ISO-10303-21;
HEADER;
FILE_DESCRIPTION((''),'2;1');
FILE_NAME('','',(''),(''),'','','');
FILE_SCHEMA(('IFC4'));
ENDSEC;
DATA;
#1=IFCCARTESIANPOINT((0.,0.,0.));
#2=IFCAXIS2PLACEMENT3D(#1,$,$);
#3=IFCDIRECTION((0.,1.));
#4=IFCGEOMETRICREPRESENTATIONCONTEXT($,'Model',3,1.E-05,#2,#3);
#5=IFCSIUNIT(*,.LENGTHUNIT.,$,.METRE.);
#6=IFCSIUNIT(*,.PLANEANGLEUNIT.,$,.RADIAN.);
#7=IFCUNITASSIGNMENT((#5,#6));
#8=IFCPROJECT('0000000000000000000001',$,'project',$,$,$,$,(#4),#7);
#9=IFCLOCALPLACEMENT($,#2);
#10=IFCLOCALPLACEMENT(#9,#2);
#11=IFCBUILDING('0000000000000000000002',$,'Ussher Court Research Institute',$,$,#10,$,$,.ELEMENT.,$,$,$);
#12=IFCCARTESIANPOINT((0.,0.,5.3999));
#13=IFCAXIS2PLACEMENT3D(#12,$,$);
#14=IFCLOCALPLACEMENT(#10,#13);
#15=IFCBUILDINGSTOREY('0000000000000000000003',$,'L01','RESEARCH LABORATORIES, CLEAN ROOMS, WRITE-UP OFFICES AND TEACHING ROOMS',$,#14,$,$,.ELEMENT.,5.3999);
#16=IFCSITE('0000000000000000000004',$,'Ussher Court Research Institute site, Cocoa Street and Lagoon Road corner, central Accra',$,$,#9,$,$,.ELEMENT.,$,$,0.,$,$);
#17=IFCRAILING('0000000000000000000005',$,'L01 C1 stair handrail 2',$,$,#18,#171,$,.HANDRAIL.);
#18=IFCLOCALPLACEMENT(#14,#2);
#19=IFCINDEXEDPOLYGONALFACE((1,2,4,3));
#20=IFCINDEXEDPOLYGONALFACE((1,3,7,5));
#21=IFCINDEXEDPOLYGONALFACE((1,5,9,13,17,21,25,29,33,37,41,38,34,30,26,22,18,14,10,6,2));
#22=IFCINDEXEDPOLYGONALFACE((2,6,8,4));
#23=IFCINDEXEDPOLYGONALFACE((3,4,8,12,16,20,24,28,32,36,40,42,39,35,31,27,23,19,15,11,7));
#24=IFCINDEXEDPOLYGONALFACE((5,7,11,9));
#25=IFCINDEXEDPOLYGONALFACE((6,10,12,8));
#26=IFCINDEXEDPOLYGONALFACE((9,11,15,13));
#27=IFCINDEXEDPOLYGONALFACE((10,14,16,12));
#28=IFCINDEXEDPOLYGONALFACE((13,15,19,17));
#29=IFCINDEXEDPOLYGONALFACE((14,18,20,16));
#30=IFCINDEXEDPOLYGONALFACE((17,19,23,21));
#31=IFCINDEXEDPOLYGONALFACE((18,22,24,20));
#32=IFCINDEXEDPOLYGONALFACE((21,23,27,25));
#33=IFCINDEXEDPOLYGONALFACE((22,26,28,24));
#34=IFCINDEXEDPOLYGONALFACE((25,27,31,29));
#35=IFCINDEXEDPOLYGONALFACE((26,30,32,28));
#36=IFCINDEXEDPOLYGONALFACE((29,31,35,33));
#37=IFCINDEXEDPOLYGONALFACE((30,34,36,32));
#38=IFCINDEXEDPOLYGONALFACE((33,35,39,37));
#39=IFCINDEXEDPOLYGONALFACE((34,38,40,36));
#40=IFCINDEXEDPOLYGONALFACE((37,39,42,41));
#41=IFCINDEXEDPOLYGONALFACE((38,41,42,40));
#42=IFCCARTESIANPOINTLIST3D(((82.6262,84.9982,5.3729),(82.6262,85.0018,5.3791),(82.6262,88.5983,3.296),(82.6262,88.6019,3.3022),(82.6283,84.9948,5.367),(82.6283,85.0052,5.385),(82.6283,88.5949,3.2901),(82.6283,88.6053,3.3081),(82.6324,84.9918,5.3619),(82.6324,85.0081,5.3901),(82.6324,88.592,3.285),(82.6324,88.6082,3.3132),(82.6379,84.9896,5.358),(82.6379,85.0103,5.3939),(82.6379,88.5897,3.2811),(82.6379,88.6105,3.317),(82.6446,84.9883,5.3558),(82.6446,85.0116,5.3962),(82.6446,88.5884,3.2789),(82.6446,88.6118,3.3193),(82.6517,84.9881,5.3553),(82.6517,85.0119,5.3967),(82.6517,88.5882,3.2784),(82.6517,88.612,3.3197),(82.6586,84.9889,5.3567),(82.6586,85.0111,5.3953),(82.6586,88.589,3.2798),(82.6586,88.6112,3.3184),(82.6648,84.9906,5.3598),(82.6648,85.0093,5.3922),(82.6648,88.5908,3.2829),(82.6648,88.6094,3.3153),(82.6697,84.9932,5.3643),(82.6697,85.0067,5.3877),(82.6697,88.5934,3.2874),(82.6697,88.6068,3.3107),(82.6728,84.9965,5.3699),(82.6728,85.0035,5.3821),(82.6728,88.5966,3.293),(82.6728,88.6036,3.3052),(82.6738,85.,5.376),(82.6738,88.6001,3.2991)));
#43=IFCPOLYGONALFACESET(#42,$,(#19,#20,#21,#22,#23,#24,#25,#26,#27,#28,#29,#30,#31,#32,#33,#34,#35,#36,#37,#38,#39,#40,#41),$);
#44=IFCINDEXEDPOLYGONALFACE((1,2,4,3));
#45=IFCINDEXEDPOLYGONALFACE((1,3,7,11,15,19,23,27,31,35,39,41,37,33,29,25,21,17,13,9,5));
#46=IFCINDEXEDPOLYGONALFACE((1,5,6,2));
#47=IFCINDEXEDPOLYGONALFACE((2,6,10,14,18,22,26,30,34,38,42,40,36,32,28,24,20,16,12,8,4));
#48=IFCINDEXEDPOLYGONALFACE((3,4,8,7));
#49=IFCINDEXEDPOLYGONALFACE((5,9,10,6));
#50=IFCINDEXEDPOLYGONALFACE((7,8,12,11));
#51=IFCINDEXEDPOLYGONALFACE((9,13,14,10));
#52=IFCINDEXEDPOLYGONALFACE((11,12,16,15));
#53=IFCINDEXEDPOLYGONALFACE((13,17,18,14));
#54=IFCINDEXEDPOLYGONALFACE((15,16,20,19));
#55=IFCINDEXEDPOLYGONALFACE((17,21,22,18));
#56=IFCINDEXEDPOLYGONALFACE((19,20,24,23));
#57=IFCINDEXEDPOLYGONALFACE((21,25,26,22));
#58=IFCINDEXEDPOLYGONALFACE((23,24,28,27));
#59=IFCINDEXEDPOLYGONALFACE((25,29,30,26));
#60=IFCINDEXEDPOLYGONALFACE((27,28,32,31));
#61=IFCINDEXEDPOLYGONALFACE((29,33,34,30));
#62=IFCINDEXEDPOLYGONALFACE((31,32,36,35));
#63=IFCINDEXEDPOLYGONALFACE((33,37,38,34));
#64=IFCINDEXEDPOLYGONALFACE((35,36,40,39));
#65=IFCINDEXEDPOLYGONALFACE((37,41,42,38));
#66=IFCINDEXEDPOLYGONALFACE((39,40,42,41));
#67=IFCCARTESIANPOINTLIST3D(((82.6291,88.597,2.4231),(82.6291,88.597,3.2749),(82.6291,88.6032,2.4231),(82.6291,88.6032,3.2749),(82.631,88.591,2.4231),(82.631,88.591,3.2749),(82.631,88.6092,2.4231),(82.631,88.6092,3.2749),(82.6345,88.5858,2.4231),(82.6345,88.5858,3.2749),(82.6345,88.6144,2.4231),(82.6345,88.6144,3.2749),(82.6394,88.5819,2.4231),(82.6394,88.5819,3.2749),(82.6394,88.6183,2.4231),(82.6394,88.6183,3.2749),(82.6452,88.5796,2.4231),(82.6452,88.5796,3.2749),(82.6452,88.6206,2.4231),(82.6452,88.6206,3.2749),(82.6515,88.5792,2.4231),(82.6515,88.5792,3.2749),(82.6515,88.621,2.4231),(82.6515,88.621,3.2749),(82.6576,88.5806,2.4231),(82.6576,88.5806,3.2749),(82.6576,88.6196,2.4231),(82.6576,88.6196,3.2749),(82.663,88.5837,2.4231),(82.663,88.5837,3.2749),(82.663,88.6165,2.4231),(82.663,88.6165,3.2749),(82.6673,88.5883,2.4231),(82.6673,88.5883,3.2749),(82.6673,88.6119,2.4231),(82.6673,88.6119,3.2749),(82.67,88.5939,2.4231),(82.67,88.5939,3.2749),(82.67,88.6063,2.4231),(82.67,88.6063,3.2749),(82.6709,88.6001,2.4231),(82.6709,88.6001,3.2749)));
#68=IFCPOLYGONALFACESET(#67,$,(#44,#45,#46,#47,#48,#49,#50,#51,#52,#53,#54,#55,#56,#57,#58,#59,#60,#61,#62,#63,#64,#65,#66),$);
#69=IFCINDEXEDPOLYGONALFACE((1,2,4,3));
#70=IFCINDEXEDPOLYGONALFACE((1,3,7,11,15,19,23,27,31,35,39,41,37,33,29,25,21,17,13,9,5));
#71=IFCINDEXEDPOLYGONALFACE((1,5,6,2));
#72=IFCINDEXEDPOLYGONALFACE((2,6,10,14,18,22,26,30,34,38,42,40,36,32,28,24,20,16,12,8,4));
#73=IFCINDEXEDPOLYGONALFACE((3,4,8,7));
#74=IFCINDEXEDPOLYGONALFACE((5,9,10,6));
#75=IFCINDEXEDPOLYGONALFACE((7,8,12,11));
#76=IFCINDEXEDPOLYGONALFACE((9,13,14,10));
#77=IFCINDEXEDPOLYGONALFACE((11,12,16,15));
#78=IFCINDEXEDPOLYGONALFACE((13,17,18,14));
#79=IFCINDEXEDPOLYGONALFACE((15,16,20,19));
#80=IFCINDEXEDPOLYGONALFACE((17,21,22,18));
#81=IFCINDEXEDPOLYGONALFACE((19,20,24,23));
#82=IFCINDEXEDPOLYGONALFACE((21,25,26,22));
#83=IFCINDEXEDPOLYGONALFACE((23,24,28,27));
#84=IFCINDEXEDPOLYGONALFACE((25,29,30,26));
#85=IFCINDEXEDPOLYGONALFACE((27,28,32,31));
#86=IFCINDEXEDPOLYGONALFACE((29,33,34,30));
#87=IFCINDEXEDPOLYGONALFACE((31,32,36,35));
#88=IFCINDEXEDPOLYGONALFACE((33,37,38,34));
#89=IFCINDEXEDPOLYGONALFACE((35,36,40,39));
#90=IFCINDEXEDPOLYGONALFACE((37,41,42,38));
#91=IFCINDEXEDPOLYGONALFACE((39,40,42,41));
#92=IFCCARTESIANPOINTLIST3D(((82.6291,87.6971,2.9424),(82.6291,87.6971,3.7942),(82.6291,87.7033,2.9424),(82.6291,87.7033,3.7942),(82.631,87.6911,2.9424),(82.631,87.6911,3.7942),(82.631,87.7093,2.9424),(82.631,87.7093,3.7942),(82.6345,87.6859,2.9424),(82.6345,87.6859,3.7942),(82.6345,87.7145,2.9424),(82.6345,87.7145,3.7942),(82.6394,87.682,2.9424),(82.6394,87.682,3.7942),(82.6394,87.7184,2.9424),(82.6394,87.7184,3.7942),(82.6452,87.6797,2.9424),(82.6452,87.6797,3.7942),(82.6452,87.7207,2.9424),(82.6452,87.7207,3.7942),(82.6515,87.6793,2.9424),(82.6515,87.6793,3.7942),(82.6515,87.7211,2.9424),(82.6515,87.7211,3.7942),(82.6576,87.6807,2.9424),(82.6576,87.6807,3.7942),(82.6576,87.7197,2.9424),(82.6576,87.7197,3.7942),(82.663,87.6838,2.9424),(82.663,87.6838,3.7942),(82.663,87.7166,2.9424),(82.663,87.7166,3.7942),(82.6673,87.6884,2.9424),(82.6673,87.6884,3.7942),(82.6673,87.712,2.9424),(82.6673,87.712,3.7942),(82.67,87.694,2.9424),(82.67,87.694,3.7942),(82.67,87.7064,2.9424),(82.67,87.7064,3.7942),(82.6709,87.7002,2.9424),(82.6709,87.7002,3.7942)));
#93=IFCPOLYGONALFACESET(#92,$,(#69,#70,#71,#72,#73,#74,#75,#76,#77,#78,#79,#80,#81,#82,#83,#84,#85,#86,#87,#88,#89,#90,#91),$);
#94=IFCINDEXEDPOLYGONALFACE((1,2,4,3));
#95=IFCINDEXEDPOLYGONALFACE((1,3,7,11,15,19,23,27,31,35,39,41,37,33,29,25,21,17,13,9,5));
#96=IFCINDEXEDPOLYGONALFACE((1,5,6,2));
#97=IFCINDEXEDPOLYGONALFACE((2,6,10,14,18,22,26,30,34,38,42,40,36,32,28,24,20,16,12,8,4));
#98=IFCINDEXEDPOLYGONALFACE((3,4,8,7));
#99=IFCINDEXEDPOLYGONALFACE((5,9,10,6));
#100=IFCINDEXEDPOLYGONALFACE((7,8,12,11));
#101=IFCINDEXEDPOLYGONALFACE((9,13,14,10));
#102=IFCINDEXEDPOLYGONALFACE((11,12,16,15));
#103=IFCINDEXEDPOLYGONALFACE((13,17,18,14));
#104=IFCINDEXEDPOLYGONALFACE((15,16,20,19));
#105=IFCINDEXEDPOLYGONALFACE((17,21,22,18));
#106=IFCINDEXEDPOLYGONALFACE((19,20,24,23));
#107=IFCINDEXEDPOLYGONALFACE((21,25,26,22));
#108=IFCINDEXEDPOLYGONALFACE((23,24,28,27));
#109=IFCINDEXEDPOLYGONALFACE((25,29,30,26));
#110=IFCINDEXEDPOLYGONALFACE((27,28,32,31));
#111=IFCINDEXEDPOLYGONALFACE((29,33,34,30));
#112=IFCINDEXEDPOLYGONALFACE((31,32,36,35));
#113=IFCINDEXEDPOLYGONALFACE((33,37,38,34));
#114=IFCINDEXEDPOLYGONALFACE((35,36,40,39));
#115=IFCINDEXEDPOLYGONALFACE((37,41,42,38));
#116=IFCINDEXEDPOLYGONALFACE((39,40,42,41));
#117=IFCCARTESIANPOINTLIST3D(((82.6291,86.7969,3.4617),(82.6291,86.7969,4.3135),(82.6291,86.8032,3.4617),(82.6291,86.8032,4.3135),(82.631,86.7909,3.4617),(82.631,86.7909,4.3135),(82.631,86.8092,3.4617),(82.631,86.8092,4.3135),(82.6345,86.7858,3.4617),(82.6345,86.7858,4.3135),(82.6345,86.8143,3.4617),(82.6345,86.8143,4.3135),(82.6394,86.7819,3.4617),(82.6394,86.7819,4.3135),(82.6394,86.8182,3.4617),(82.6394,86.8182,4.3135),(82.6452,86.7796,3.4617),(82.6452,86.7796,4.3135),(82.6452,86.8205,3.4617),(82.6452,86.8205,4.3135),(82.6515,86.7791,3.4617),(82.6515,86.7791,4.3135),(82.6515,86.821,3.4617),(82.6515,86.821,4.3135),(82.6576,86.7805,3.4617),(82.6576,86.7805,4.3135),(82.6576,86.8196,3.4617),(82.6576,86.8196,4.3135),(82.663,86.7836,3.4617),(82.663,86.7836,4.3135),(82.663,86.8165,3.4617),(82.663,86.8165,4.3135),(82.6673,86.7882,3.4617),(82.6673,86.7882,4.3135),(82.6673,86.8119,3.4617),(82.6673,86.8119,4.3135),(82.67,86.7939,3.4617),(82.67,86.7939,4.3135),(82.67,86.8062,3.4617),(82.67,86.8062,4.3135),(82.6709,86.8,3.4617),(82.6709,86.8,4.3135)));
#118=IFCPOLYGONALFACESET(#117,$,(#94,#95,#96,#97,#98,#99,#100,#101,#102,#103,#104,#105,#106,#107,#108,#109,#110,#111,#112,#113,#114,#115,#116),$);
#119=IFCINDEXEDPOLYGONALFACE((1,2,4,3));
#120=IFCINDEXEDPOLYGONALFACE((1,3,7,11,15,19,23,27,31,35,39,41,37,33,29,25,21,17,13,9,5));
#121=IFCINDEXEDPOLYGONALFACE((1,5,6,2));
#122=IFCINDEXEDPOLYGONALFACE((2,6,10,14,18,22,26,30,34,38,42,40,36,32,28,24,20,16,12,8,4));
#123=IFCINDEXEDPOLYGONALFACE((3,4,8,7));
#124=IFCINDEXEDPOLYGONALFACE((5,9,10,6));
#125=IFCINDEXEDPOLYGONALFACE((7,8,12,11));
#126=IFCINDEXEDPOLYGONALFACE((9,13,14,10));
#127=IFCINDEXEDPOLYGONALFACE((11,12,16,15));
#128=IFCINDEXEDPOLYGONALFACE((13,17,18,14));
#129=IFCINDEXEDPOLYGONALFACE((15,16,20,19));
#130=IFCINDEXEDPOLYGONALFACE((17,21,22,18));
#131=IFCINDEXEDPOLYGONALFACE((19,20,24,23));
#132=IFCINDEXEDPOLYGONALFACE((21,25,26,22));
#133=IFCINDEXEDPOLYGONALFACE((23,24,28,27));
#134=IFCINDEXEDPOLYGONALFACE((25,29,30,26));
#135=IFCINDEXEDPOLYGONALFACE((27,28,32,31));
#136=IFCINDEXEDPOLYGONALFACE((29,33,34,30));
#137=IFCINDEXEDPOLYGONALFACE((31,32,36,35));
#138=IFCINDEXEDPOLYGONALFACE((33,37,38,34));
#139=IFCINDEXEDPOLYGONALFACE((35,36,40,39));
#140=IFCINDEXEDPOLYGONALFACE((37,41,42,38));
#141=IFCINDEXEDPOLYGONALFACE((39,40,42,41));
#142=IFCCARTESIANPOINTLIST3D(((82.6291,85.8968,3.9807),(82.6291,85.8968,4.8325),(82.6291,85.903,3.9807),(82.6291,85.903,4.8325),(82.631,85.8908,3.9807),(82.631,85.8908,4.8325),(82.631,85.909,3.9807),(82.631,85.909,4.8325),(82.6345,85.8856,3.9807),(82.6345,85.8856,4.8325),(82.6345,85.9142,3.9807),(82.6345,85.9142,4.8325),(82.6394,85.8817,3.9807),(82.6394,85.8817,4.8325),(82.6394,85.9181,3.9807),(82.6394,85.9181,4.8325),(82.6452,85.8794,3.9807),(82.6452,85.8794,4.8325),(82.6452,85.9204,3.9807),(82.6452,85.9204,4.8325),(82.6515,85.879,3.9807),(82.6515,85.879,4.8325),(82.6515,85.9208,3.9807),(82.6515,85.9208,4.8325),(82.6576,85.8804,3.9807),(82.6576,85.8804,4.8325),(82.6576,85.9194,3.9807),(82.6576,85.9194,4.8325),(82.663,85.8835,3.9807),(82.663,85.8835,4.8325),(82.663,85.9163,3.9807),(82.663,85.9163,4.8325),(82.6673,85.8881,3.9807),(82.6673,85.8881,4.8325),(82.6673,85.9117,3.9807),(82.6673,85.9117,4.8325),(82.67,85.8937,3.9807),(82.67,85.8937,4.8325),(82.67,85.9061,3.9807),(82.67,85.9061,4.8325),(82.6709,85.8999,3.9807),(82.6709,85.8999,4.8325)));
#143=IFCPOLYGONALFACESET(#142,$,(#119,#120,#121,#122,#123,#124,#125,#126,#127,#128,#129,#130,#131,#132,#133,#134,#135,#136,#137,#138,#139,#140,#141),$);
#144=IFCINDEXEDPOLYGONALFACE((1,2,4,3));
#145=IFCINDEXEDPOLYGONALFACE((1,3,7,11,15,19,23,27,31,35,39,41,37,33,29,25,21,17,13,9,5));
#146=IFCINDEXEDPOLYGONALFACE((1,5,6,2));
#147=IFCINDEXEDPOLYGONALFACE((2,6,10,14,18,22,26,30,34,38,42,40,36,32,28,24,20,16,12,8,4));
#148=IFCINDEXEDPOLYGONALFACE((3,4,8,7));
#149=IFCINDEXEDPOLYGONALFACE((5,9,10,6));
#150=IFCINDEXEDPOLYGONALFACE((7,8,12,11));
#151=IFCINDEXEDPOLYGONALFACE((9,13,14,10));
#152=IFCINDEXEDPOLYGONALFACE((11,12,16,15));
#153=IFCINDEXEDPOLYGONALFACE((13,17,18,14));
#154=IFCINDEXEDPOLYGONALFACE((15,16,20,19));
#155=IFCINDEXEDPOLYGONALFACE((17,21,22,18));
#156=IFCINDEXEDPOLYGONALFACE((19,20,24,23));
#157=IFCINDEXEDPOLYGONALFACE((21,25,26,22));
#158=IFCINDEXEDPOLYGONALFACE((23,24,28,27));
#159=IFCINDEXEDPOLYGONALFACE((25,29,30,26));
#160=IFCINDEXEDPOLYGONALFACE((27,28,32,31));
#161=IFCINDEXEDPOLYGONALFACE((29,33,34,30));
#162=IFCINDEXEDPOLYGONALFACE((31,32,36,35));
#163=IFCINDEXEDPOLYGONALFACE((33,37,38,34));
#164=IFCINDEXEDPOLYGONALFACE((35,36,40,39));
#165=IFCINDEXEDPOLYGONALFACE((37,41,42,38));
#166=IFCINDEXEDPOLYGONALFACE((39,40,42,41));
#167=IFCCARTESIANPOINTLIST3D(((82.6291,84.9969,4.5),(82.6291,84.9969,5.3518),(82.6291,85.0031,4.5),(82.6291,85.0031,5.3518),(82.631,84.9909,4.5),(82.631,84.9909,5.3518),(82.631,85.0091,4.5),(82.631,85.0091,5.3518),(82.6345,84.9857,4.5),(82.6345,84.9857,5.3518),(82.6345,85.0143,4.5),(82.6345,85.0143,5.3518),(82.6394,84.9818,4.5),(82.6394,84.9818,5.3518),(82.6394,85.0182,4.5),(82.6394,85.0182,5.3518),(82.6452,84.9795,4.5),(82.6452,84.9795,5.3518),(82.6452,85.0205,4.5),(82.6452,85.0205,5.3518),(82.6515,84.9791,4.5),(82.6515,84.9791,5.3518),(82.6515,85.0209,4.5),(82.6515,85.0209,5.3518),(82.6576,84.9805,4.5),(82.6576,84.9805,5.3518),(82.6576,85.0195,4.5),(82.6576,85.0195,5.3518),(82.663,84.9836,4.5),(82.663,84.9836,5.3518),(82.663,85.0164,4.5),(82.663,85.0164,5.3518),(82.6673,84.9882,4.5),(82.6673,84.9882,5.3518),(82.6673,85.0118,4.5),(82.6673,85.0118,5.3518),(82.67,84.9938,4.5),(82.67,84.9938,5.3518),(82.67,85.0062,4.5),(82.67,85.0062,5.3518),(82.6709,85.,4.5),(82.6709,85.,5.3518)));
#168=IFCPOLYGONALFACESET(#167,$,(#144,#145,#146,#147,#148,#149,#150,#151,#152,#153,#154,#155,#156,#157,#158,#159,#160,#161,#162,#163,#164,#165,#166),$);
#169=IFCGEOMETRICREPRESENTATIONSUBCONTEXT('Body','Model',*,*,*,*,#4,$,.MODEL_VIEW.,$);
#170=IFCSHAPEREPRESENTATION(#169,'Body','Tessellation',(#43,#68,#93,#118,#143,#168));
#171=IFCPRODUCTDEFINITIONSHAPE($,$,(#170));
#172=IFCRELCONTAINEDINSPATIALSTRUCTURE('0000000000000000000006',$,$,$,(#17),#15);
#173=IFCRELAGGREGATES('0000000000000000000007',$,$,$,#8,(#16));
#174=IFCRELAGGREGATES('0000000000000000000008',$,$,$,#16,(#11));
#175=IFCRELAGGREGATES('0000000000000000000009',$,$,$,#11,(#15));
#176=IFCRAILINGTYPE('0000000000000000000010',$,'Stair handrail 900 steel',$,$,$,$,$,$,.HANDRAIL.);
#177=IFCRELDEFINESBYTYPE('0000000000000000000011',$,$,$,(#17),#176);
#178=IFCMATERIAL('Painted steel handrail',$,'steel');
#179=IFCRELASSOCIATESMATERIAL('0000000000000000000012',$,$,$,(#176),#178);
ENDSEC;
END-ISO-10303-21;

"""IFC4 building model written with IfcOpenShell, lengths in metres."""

from ifc_helpers import new_model, si_unit, direction, frame, origin, origin_2d, place, context, subcontext, project, spatial, circle, extrude, material, type_object, element, save


model = new_model("IFC4")

# Units and contexts
model_context = context("Model", 3, precision=1e-05, world=origin(), true_north=direction((0.0, 1.0)))
body_context = subcontext(model_context, "Body", "Model", "MODEL_VIEW")
ifc_project = project(units=[si_unit("LENGTHUNIT", "METRE"), si_unit("PLANEANGLEUNIT", "RADIAN")], contexts=[model_context])

# Site, building, storey
site_placement = place(None, origin())
site = spatial("IfcSite", under=ifc_project, at=site_placement, Name="Ussher Court Research Institute site, Cocoa Street and Lagoon Road corner, central Accra", CompositionType="ELEMENT", RefElevation=0.0)
building_placement = place(site_placement, origin())
building = spatial("IfcBuilding", under=site, at=building_placement, Name="Ussher Court Research Institute", CompositionType="ELEMENT")
storey_placement = place(building_placement, frame((0.0, 0.0, 5.3999)))
storey = spatial("IfcBuildingStorey", under=building, at=storey_placement, Name="L01", Description="RESEARCH LABORATORIES, CLEAN ROOMS, WRITE-UP OFFICES AND TEACHING ROOMS", CompositionType="ELEMENT", Elevation=5.3999)

# Railing
ifc_material_1 = material(Name="Painted steel handrail", Category="steel")
railing_type_1 = type_object("IfcRailingType", Name="Stair handrail 900 steel", PredefinedType="HANDRAIL", material=ifc_material_1)
railing_1_placement = place(storey_placement, frame((82.6499, 88.6001, 2.4231)))
element("IfcRailing", 1, at=railing_1_placement, inside=storey, type_object=railing_type_1, Name="L01 C1 stair handrail 2", PredefinedType="HANDRAIL", context=body_context, shape_type="SweptSolid", body=[
    extrude(circle(Radius=0.0239, at=origin_2d()), frame((0.0, 0.0, 0.876), z_axis=(0.0, -0.866193, 0.499709), x_axis=(1.0, 0.0, 0.0)), (0.0, 0.0, 1.0), 4.1562),
    extrude(circle(Radius=0.021, at=origin_2d()), origin(), (0.0, 0.0, 1.0), 0.8518),
    extrude(circle(Radius=0.021, at=origin_2d()), frame((0.0, -0.8999, 0.5193)), (0.0, 0.0, 1.0), 0.8518),
    extrude(circle(Radius=0.021, at=origin_2d()), frame((0.0, -1.8, 1.0386)), (0.0, 0.0, 1.0), 0.8518),
    extrude(circle(Radius=0.021, at=origin_2d()), frame((0.0, -2.7002, 1.5576)), (0.0, 0.0, 1.0), 0.8518),
    extrude(circle(Radius=0.021, at=origin_2d()), frame((0.0, -3.6001, 2.0769)), (0.0, 0.0, 1.0), 0.8518),
])

save(model, "model.ifc")
